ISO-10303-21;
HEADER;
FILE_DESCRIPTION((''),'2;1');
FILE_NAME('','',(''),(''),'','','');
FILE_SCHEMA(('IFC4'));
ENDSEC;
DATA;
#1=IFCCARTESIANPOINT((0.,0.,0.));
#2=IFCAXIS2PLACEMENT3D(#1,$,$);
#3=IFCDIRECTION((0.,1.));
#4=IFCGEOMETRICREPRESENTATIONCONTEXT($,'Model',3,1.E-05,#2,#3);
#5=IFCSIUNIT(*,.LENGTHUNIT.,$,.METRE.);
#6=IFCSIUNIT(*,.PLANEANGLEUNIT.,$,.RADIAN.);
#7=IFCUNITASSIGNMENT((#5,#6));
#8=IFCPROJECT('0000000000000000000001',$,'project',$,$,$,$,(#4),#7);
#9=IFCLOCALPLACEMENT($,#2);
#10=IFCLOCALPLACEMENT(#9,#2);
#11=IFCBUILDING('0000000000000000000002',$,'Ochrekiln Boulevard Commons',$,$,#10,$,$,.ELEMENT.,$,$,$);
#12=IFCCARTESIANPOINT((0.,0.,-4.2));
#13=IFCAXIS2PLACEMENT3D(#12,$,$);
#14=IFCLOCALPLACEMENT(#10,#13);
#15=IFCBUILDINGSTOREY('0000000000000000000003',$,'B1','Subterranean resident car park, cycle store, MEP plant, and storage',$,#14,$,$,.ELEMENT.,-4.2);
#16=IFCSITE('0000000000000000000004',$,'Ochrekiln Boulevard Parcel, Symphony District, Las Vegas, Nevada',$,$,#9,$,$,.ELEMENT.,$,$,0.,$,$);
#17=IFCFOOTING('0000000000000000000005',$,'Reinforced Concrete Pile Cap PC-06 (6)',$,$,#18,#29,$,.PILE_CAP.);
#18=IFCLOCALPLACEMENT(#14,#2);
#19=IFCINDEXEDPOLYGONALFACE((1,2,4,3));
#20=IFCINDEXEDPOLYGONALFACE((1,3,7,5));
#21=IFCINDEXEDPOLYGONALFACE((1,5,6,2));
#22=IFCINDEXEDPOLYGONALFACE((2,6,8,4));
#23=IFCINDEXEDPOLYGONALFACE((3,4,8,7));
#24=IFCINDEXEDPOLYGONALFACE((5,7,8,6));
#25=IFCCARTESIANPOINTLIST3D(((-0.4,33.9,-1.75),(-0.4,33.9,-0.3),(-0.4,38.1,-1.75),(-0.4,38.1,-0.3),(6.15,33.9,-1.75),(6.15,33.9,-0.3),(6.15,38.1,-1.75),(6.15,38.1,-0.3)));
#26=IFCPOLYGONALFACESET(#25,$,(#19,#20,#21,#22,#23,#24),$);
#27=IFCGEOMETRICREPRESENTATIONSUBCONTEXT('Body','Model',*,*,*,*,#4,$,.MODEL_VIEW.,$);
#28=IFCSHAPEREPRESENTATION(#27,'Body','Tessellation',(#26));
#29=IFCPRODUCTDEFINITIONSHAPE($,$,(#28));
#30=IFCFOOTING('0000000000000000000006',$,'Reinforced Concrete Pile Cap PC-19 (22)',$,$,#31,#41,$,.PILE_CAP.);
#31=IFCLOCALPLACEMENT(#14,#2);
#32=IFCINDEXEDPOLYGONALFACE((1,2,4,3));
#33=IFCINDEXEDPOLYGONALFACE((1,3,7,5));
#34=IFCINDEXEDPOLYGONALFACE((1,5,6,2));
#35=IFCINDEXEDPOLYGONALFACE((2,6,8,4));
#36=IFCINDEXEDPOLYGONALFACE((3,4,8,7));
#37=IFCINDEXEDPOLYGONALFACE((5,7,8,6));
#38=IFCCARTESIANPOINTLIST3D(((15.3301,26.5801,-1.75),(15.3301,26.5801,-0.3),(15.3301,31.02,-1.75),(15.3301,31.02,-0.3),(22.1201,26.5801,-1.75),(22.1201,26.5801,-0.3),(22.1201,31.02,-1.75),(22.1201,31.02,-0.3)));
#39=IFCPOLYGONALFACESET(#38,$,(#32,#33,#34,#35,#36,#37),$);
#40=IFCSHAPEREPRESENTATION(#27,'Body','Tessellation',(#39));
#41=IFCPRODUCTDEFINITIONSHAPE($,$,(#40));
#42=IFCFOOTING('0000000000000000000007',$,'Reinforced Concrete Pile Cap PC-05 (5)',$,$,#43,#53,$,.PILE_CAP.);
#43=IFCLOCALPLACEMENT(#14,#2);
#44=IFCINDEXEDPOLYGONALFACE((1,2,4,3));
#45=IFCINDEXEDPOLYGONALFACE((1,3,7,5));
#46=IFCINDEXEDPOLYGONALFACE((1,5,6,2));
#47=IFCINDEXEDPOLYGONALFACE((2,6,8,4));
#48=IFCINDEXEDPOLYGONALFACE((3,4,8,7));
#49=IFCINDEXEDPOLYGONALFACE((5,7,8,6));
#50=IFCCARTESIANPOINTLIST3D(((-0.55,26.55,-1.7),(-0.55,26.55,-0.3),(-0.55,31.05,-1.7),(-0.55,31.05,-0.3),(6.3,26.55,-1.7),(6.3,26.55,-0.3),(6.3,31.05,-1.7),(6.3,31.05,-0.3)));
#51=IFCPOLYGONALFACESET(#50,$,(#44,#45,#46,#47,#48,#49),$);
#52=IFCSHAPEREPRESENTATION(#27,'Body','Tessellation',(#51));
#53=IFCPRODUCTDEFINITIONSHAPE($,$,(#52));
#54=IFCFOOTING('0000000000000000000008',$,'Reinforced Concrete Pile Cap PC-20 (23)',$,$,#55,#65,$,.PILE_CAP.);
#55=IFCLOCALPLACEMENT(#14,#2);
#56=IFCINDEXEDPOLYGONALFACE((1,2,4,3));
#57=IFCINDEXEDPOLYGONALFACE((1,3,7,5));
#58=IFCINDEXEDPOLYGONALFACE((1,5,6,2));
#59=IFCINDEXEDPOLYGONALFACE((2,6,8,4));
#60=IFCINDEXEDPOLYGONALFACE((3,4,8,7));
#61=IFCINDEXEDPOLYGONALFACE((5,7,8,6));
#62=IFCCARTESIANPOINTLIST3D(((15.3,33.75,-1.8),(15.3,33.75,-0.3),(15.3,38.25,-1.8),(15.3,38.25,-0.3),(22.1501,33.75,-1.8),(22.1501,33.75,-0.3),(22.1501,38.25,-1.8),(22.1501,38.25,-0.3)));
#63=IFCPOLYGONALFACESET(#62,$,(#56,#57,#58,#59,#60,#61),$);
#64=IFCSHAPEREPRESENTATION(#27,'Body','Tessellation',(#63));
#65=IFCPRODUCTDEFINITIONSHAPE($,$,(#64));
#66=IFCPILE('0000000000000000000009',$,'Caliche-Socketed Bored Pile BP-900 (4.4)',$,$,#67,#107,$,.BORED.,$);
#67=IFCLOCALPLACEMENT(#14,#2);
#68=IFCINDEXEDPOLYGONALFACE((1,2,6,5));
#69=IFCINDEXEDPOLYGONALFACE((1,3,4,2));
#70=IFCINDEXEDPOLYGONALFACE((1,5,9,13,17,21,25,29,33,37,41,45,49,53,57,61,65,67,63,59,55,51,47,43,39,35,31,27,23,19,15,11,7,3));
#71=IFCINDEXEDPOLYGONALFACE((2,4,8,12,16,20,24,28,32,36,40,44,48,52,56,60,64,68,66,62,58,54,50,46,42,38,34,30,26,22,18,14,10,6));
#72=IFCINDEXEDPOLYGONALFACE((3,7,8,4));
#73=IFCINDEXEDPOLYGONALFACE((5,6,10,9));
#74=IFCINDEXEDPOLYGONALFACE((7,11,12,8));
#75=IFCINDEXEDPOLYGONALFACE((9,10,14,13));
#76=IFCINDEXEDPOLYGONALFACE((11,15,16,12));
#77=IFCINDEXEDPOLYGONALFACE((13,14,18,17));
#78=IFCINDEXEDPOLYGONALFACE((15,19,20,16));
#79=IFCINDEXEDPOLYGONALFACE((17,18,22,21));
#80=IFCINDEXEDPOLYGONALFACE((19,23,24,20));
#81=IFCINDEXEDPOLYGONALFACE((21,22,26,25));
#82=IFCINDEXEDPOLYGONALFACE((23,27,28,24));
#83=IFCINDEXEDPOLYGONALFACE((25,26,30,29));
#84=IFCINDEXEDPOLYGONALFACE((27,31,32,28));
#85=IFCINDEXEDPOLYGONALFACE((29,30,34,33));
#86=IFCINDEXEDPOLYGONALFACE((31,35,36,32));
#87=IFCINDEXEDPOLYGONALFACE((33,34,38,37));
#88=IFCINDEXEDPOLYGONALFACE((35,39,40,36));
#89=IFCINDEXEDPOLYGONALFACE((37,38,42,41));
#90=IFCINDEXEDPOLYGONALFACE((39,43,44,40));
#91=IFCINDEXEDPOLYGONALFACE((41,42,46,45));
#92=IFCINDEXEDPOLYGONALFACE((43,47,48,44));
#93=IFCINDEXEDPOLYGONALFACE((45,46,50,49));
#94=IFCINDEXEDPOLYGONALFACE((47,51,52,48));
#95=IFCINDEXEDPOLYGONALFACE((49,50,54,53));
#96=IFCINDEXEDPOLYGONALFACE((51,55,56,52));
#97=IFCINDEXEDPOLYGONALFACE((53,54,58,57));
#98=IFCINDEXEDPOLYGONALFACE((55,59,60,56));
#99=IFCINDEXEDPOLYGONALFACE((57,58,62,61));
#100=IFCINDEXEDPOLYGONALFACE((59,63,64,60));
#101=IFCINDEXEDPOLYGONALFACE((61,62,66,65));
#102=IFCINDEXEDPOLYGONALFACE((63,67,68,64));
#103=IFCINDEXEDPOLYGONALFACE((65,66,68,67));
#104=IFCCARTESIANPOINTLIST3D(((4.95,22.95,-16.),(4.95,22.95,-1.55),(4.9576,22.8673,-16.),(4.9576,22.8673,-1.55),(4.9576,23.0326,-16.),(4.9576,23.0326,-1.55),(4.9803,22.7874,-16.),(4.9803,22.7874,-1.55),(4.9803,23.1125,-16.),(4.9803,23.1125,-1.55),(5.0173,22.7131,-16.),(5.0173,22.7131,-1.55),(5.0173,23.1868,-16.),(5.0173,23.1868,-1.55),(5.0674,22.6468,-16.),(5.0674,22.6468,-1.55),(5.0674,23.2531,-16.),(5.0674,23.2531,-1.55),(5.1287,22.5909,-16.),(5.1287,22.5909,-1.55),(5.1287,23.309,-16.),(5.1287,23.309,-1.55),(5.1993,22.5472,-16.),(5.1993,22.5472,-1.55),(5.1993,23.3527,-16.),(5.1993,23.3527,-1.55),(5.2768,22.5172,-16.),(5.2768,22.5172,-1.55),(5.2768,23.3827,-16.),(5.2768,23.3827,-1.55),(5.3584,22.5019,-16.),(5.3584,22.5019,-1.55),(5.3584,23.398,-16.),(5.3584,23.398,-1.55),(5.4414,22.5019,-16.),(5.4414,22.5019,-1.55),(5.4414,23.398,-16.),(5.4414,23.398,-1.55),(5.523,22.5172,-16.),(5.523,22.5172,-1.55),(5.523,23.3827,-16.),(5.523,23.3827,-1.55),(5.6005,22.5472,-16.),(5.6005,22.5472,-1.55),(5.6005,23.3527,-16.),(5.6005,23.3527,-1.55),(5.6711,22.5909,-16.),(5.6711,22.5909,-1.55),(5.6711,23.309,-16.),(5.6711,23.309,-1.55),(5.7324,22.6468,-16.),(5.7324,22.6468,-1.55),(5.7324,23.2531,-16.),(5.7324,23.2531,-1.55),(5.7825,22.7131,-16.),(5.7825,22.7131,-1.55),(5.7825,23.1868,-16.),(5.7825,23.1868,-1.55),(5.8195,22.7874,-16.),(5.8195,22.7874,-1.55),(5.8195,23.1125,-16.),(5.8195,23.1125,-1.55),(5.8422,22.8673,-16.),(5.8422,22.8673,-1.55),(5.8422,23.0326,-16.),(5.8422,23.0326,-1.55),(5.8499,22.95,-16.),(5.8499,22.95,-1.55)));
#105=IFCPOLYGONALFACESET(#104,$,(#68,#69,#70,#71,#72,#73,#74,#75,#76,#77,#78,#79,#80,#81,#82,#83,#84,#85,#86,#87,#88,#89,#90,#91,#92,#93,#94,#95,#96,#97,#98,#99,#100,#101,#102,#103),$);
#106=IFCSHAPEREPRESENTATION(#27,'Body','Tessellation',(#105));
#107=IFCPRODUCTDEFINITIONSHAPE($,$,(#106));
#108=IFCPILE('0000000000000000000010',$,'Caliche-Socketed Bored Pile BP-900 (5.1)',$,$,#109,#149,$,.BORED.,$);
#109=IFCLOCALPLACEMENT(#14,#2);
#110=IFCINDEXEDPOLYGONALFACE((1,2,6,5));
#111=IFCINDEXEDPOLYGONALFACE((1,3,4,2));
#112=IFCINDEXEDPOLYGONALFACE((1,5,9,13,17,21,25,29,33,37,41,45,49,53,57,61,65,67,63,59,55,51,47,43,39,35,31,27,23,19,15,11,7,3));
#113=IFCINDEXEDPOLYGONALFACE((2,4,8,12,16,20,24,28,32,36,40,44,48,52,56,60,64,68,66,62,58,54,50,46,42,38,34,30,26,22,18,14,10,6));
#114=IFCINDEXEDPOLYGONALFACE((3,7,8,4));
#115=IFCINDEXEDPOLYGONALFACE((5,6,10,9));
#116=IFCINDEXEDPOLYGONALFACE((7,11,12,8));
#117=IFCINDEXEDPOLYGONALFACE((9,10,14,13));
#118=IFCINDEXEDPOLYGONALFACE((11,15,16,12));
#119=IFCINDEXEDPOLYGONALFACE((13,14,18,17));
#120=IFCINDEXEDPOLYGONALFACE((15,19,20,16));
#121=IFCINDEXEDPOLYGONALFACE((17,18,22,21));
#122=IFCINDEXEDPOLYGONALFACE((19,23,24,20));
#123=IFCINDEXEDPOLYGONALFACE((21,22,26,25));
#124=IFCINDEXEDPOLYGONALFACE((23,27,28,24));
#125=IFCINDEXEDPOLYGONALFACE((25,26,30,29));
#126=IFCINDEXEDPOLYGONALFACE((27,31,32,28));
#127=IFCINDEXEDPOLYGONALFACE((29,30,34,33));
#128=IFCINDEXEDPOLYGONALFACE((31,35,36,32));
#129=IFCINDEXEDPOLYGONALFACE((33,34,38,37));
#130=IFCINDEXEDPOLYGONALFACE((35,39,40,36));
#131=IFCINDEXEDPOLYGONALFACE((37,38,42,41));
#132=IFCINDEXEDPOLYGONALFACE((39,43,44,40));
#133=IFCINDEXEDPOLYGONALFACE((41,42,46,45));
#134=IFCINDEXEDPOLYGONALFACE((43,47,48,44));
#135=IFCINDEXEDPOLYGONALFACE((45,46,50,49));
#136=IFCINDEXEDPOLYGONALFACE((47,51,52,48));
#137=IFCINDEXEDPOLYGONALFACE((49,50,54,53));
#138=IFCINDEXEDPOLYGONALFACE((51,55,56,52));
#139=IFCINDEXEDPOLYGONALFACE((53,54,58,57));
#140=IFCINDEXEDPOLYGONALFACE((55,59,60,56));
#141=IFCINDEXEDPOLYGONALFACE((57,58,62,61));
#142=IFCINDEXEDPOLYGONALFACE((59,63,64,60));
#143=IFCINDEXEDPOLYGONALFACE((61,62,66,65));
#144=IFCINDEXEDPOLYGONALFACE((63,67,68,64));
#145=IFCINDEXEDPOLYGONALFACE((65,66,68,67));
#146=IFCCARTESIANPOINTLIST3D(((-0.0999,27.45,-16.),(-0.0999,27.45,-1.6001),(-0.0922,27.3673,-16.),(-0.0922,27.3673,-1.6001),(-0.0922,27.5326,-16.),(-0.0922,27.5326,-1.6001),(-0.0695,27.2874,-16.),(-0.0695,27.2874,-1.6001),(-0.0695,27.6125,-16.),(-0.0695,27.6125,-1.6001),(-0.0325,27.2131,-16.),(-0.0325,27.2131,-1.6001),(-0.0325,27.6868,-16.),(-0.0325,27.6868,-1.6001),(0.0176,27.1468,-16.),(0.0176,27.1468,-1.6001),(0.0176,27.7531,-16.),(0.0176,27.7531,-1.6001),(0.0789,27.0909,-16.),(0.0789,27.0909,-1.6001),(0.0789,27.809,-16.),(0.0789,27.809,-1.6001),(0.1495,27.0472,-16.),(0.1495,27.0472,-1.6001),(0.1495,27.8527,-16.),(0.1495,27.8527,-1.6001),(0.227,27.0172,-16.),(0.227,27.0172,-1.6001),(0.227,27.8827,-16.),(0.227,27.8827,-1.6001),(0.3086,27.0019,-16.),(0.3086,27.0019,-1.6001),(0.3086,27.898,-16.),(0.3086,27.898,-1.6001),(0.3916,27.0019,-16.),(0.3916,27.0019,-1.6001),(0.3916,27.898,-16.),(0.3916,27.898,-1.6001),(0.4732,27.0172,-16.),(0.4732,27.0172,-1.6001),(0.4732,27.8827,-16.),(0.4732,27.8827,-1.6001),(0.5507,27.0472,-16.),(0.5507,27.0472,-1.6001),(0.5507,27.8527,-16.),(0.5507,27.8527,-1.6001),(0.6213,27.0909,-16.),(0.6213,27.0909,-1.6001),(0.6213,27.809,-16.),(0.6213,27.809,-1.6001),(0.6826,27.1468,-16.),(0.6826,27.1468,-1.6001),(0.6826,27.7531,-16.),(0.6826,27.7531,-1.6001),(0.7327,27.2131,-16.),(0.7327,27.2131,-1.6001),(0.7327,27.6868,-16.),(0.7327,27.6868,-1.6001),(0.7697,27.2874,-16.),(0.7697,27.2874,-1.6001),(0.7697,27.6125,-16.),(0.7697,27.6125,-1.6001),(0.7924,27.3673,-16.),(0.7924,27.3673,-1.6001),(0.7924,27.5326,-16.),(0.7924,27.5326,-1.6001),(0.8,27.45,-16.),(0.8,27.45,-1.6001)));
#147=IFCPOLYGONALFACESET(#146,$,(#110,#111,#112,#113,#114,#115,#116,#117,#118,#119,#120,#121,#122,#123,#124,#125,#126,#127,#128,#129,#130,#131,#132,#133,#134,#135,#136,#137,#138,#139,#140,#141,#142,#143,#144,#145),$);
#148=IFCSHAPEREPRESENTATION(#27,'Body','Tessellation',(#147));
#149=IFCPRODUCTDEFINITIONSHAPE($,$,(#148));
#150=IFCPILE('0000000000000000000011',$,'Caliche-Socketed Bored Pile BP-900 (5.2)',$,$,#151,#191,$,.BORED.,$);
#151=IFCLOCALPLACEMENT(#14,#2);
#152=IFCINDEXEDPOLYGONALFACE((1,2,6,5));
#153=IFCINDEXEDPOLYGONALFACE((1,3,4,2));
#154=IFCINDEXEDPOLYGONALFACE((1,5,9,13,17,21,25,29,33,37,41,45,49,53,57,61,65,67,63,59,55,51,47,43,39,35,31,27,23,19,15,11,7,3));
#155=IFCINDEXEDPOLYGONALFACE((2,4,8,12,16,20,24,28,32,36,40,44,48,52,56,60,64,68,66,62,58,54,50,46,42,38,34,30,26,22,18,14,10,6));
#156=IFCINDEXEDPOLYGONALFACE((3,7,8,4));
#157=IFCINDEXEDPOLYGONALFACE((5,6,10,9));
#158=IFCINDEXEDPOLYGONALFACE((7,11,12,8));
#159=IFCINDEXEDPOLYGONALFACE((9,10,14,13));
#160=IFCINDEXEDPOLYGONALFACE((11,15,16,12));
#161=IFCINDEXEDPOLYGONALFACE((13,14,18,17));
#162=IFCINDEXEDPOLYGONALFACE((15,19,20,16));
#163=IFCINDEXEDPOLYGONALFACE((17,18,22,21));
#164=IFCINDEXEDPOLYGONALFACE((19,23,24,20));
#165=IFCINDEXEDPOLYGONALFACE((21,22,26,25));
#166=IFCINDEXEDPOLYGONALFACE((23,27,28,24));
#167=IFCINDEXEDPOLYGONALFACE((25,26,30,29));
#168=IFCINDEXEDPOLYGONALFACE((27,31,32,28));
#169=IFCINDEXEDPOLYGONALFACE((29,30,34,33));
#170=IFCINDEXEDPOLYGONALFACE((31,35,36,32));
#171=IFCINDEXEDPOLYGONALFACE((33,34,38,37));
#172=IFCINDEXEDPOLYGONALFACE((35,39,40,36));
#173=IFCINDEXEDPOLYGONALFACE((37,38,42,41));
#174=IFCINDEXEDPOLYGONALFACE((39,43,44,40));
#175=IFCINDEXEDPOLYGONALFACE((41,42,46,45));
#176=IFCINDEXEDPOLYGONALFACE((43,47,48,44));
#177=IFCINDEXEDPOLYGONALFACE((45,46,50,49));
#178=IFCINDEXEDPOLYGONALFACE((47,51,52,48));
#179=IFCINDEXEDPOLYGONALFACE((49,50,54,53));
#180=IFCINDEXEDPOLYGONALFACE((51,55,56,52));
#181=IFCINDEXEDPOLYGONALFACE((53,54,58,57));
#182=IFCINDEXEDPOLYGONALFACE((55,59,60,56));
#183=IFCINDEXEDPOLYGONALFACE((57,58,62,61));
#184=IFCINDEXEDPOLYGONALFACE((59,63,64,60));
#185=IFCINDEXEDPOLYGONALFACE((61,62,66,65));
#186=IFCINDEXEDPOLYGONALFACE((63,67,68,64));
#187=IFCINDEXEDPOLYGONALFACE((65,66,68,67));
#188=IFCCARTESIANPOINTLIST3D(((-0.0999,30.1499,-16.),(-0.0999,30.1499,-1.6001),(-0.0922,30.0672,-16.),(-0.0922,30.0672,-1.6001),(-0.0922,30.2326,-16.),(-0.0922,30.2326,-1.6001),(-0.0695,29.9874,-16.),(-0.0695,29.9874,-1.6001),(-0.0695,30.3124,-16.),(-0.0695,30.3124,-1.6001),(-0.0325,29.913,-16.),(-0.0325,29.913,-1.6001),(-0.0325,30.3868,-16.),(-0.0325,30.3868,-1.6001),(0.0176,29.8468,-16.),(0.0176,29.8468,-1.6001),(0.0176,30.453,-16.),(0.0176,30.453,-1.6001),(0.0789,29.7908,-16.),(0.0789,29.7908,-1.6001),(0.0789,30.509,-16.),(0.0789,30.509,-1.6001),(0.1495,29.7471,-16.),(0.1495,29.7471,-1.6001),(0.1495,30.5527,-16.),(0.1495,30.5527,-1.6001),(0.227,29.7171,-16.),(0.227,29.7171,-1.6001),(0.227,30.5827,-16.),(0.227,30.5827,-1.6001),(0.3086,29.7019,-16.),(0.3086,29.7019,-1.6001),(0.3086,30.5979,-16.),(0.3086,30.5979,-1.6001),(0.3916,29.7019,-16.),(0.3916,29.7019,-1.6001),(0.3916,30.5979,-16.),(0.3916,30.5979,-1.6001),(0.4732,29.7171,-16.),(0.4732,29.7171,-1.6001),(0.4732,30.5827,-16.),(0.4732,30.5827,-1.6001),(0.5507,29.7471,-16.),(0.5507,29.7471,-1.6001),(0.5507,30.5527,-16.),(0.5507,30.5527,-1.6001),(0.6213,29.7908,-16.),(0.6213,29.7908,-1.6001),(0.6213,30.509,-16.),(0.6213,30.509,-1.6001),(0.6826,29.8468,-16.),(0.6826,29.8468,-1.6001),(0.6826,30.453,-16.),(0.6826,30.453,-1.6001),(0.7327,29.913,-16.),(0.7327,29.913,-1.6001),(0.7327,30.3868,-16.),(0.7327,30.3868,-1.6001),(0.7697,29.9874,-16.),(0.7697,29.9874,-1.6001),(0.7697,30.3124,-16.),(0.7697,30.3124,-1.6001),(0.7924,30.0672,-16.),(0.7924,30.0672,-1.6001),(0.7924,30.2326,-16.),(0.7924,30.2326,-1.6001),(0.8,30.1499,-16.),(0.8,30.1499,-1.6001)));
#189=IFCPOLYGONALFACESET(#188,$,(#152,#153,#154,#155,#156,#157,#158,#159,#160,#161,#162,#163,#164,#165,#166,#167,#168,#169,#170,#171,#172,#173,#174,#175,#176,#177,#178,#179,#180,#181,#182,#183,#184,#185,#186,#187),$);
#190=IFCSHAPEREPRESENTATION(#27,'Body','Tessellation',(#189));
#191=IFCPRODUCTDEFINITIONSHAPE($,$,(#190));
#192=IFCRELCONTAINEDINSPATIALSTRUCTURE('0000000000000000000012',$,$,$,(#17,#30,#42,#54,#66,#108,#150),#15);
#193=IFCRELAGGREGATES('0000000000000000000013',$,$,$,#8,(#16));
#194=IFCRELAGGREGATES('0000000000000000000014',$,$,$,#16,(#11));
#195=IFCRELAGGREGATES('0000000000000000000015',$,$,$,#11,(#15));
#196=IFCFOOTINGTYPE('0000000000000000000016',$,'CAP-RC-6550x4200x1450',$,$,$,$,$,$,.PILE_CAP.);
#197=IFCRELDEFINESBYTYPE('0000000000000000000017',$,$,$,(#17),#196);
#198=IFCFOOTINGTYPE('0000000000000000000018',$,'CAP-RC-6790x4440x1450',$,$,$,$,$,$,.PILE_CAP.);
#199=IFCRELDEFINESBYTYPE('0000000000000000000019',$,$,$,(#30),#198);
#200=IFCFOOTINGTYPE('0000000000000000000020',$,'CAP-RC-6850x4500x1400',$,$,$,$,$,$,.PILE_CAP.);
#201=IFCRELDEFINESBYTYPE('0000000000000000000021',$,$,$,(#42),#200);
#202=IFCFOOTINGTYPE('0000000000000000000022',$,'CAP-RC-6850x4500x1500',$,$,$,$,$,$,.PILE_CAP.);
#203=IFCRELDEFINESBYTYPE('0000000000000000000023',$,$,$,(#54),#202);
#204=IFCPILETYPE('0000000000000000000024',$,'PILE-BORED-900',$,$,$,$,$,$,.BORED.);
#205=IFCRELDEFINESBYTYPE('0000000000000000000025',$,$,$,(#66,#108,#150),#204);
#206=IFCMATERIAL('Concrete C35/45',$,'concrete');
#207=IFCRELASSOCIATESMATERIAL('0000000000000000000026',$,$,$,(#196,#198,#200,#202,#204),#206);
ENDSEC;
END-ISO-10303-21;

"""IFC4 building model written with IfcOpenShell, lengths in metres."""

from ifc_helpers import new_model, si_unit, direction, frame, origin, origin_2d, place, context, subcontext, project, spatial, rectangle, circle, extrude, material, material_profile, profile_set, type_object, element, save


model = new_model("IFC4")

# Units and contexts
model_context = context("Model", 3, precision=1e-05, world=origin(), true_north=direction((0.0, 1.0)))
body_context = subcontext(model_context, "Body", "Model", "MODEL_VIEW")
ifc_project = project(units=[si_unit("LENGTHUNIT", "METRE"), si_unit("PLANEANGLEUNIT", "RADIAN")], contexts=[model_context])

# Site, building, storey
site_placement = place(None, origin())
site = spatial("IfcSite", under=ifc_project, at=site_placement, Name="Ochrekiln Boulevard Parcel, Symphony District, Las Vegas, Nevada", CompositionType="ELEMENT", RefElevation=0.0)
building_placement = place(site_placement, origin())
building = spatial("IfcBuilding", under=site, at=building_placement, Name="Ochrekiln Boulevard Commons", CompositionType="ELEMENT")
storey_placement = place(building_placement, frame((0.0, 0.0, -4.2)))
storey = spatial("IfcBuildingStorey", under=building, at=storey_placement, Name="B1", Description="Subterranean resident car park, cycle store, MEP plant, and storage", CompositionType="ELEMENT", Elevation=-4.2)

# Footings
ifc_material_1 = material(Name="Concrete C35/45", Category="concrete")
footing_type_1 = type_object("IfcFootingType", Name="CAP-RC-6550x4200x1450", PredefinedType="PILE_CAP", material=ifc_material_1)
footing_1_placement = place(storey_placement, frame((2.875, 36.0, -1.75), z_axis=(0.0, 0.0, 1.0), x_axis=(1.0, 0.0, 0.0)))
element("IfcFooting", 1, at=footing_1_placement, inside=storey, type_object=footing_type_1, Name="Reinforced Concrete Pile Cap PC-06 (6)", PredefinedType="PILE_CAP", context=body_context, shape_type="SweptSolid", body=[
    extrude(rectangle(XDim=6.55, YDim=4.2, at=origin_2d()), origin(), (0.0, 0.0, 1.0), 1.45),
])
footing_type_2 = type_object("IfcFootingType", Name="CAP-RC-6790x4440x1450", PredefinedType="PILE_CAP", material=ifc_material_1)
footing_2_placement = place(storey_placement, frame((18.7251, 28.8, -1.75), z_axis=(0.0, 0.0, 1.0), x_axis=(1.0, 0.0, 0.0)))
element("IfcFooting", 2, at=footing_2_placement, inside=storey, type_object=footing_type_2, Name="Reinforced Concrete Pile Cap PC-19 (22)", PredefinedType="PILE_CAP", context=body_context, shape_type="SweptSolid", body=[
    extrude(rectangle(XDim=6.79, YDim=4.4399, at=origin_2d()), origin(), (0.0, 0.0, 1.0), 1.45),
])
footing_type_3 = type_object("IfcFootingType", Name="CAP-RC-6850x4500x1400", PredefinedType="PILE_CAP", material=ifc_material_1)
footing_3_placement = place(storey_placement, frame((2.875, 28.8, -1.7), z_axis=(0.0, 0.0, 1.0), x_axis=(1.0, 0.0, 0.0)))
element("IfcFooting", 3, at=footing_3_placement, inside=storey, type_object=footing_type_3, Name="Reinforced Concrete Pile Cap PC-05 (5)", PredefinedType="PILE_CAP", context=body_context, shape_type="SweptSolid", body=[
    extrude(rectangle(XDim=6.8501, YDim=4.5, at=origin_2d()), origin(), (0.0, 0.0, 1.0), 1.3999),
])
footing_type_4 = type_object("IfcFootingType", Name="CAP-RC-6850x4500x1500", PredefinedType="PILE_CAP", material=ifc_material_1)
footing_4_placement = place(storey_placement, frame((18.7251, 36.0, -1.8), z_axis=(0.0, 0.0, 1.0), x_axis=(1.0, 0.0, 0.0)))
element("IfcFooting", 4, at=footing_4_placement, inside=storey, type_object=footing_type_4, Name="Reinforced Concrete Pile Cap PC-20 (23)", PredefinedType="PILE_CAP", context=body_context, shape_type="SweptSolid", body=[
    extrude(rectangle(XDim=6.8501, YDim=4.5, at=origin_2d()), origin(), (0.0, 0.0, 1.0), 1.5),
])

# Piles
ifc_material_profile_1 = material_profile(ifc_material_1, circle(Radius=0.45, at=origin_2d()), Name="PILE-D900")
ifc_profile_set_1 = profile_set([ifc_material_profile_1], Name="Concrete C35/45")
pile_type = type_object("IfcPileType", Name="PILE-BORED-900", PredefinedType="BORED", material=ifc_profile_set_1)
pile_placement = place(storey_placement, frame((5.3999, 22.95, -1.55), z_axis=(0.0, 0.0, -1.0), x_axis=(1.0, 0.0, 0.0)))
element("IfcPile", 5, at=pile_placement, inside=storey, type_object=pile_type, Name="Caliche-Socketed Bored Pile BP-900 (4.4)", PredefinedType="BORED", context=body_context, shape_type="SweptSolid", body=[
    extrude(circle(Radius=0.45, at=origin_2d()), origin(), (0.0, 0.0, 1.0), 14.45),
])
for number, where, z_axis, x_axis, name in (
    (6, (0.3501, 27.45, -1.6001), (0.0, 0.0, -1.0), (1.0, 0.0, 0.0), "Caliche-Socketed Bored Pile BP-900 (5.1)"),
    (7, (0.3501, 30.1499, -1.6001), (0.0, 0.0, -1.0), (1.0, 0.0, 0.0), "Caliche-Socketed Bored Pile BP-900 (5.2)"),
):
    element("IfcPile", number, at=place(storey_placement, frame(where, z_axis=z_axis, x_axis=x_axis)), inside=storey, type_object=pile_type, Name=name, PredefinedType="BORED", context=body_context, shape_type="SweptSolid", body=[
        extrude(circle(Radius=0.45, at=origin_2d()), origin(), (0.0, 0.0, 1.0), 14.3999),
    ])

save(model, "model.ifc")
